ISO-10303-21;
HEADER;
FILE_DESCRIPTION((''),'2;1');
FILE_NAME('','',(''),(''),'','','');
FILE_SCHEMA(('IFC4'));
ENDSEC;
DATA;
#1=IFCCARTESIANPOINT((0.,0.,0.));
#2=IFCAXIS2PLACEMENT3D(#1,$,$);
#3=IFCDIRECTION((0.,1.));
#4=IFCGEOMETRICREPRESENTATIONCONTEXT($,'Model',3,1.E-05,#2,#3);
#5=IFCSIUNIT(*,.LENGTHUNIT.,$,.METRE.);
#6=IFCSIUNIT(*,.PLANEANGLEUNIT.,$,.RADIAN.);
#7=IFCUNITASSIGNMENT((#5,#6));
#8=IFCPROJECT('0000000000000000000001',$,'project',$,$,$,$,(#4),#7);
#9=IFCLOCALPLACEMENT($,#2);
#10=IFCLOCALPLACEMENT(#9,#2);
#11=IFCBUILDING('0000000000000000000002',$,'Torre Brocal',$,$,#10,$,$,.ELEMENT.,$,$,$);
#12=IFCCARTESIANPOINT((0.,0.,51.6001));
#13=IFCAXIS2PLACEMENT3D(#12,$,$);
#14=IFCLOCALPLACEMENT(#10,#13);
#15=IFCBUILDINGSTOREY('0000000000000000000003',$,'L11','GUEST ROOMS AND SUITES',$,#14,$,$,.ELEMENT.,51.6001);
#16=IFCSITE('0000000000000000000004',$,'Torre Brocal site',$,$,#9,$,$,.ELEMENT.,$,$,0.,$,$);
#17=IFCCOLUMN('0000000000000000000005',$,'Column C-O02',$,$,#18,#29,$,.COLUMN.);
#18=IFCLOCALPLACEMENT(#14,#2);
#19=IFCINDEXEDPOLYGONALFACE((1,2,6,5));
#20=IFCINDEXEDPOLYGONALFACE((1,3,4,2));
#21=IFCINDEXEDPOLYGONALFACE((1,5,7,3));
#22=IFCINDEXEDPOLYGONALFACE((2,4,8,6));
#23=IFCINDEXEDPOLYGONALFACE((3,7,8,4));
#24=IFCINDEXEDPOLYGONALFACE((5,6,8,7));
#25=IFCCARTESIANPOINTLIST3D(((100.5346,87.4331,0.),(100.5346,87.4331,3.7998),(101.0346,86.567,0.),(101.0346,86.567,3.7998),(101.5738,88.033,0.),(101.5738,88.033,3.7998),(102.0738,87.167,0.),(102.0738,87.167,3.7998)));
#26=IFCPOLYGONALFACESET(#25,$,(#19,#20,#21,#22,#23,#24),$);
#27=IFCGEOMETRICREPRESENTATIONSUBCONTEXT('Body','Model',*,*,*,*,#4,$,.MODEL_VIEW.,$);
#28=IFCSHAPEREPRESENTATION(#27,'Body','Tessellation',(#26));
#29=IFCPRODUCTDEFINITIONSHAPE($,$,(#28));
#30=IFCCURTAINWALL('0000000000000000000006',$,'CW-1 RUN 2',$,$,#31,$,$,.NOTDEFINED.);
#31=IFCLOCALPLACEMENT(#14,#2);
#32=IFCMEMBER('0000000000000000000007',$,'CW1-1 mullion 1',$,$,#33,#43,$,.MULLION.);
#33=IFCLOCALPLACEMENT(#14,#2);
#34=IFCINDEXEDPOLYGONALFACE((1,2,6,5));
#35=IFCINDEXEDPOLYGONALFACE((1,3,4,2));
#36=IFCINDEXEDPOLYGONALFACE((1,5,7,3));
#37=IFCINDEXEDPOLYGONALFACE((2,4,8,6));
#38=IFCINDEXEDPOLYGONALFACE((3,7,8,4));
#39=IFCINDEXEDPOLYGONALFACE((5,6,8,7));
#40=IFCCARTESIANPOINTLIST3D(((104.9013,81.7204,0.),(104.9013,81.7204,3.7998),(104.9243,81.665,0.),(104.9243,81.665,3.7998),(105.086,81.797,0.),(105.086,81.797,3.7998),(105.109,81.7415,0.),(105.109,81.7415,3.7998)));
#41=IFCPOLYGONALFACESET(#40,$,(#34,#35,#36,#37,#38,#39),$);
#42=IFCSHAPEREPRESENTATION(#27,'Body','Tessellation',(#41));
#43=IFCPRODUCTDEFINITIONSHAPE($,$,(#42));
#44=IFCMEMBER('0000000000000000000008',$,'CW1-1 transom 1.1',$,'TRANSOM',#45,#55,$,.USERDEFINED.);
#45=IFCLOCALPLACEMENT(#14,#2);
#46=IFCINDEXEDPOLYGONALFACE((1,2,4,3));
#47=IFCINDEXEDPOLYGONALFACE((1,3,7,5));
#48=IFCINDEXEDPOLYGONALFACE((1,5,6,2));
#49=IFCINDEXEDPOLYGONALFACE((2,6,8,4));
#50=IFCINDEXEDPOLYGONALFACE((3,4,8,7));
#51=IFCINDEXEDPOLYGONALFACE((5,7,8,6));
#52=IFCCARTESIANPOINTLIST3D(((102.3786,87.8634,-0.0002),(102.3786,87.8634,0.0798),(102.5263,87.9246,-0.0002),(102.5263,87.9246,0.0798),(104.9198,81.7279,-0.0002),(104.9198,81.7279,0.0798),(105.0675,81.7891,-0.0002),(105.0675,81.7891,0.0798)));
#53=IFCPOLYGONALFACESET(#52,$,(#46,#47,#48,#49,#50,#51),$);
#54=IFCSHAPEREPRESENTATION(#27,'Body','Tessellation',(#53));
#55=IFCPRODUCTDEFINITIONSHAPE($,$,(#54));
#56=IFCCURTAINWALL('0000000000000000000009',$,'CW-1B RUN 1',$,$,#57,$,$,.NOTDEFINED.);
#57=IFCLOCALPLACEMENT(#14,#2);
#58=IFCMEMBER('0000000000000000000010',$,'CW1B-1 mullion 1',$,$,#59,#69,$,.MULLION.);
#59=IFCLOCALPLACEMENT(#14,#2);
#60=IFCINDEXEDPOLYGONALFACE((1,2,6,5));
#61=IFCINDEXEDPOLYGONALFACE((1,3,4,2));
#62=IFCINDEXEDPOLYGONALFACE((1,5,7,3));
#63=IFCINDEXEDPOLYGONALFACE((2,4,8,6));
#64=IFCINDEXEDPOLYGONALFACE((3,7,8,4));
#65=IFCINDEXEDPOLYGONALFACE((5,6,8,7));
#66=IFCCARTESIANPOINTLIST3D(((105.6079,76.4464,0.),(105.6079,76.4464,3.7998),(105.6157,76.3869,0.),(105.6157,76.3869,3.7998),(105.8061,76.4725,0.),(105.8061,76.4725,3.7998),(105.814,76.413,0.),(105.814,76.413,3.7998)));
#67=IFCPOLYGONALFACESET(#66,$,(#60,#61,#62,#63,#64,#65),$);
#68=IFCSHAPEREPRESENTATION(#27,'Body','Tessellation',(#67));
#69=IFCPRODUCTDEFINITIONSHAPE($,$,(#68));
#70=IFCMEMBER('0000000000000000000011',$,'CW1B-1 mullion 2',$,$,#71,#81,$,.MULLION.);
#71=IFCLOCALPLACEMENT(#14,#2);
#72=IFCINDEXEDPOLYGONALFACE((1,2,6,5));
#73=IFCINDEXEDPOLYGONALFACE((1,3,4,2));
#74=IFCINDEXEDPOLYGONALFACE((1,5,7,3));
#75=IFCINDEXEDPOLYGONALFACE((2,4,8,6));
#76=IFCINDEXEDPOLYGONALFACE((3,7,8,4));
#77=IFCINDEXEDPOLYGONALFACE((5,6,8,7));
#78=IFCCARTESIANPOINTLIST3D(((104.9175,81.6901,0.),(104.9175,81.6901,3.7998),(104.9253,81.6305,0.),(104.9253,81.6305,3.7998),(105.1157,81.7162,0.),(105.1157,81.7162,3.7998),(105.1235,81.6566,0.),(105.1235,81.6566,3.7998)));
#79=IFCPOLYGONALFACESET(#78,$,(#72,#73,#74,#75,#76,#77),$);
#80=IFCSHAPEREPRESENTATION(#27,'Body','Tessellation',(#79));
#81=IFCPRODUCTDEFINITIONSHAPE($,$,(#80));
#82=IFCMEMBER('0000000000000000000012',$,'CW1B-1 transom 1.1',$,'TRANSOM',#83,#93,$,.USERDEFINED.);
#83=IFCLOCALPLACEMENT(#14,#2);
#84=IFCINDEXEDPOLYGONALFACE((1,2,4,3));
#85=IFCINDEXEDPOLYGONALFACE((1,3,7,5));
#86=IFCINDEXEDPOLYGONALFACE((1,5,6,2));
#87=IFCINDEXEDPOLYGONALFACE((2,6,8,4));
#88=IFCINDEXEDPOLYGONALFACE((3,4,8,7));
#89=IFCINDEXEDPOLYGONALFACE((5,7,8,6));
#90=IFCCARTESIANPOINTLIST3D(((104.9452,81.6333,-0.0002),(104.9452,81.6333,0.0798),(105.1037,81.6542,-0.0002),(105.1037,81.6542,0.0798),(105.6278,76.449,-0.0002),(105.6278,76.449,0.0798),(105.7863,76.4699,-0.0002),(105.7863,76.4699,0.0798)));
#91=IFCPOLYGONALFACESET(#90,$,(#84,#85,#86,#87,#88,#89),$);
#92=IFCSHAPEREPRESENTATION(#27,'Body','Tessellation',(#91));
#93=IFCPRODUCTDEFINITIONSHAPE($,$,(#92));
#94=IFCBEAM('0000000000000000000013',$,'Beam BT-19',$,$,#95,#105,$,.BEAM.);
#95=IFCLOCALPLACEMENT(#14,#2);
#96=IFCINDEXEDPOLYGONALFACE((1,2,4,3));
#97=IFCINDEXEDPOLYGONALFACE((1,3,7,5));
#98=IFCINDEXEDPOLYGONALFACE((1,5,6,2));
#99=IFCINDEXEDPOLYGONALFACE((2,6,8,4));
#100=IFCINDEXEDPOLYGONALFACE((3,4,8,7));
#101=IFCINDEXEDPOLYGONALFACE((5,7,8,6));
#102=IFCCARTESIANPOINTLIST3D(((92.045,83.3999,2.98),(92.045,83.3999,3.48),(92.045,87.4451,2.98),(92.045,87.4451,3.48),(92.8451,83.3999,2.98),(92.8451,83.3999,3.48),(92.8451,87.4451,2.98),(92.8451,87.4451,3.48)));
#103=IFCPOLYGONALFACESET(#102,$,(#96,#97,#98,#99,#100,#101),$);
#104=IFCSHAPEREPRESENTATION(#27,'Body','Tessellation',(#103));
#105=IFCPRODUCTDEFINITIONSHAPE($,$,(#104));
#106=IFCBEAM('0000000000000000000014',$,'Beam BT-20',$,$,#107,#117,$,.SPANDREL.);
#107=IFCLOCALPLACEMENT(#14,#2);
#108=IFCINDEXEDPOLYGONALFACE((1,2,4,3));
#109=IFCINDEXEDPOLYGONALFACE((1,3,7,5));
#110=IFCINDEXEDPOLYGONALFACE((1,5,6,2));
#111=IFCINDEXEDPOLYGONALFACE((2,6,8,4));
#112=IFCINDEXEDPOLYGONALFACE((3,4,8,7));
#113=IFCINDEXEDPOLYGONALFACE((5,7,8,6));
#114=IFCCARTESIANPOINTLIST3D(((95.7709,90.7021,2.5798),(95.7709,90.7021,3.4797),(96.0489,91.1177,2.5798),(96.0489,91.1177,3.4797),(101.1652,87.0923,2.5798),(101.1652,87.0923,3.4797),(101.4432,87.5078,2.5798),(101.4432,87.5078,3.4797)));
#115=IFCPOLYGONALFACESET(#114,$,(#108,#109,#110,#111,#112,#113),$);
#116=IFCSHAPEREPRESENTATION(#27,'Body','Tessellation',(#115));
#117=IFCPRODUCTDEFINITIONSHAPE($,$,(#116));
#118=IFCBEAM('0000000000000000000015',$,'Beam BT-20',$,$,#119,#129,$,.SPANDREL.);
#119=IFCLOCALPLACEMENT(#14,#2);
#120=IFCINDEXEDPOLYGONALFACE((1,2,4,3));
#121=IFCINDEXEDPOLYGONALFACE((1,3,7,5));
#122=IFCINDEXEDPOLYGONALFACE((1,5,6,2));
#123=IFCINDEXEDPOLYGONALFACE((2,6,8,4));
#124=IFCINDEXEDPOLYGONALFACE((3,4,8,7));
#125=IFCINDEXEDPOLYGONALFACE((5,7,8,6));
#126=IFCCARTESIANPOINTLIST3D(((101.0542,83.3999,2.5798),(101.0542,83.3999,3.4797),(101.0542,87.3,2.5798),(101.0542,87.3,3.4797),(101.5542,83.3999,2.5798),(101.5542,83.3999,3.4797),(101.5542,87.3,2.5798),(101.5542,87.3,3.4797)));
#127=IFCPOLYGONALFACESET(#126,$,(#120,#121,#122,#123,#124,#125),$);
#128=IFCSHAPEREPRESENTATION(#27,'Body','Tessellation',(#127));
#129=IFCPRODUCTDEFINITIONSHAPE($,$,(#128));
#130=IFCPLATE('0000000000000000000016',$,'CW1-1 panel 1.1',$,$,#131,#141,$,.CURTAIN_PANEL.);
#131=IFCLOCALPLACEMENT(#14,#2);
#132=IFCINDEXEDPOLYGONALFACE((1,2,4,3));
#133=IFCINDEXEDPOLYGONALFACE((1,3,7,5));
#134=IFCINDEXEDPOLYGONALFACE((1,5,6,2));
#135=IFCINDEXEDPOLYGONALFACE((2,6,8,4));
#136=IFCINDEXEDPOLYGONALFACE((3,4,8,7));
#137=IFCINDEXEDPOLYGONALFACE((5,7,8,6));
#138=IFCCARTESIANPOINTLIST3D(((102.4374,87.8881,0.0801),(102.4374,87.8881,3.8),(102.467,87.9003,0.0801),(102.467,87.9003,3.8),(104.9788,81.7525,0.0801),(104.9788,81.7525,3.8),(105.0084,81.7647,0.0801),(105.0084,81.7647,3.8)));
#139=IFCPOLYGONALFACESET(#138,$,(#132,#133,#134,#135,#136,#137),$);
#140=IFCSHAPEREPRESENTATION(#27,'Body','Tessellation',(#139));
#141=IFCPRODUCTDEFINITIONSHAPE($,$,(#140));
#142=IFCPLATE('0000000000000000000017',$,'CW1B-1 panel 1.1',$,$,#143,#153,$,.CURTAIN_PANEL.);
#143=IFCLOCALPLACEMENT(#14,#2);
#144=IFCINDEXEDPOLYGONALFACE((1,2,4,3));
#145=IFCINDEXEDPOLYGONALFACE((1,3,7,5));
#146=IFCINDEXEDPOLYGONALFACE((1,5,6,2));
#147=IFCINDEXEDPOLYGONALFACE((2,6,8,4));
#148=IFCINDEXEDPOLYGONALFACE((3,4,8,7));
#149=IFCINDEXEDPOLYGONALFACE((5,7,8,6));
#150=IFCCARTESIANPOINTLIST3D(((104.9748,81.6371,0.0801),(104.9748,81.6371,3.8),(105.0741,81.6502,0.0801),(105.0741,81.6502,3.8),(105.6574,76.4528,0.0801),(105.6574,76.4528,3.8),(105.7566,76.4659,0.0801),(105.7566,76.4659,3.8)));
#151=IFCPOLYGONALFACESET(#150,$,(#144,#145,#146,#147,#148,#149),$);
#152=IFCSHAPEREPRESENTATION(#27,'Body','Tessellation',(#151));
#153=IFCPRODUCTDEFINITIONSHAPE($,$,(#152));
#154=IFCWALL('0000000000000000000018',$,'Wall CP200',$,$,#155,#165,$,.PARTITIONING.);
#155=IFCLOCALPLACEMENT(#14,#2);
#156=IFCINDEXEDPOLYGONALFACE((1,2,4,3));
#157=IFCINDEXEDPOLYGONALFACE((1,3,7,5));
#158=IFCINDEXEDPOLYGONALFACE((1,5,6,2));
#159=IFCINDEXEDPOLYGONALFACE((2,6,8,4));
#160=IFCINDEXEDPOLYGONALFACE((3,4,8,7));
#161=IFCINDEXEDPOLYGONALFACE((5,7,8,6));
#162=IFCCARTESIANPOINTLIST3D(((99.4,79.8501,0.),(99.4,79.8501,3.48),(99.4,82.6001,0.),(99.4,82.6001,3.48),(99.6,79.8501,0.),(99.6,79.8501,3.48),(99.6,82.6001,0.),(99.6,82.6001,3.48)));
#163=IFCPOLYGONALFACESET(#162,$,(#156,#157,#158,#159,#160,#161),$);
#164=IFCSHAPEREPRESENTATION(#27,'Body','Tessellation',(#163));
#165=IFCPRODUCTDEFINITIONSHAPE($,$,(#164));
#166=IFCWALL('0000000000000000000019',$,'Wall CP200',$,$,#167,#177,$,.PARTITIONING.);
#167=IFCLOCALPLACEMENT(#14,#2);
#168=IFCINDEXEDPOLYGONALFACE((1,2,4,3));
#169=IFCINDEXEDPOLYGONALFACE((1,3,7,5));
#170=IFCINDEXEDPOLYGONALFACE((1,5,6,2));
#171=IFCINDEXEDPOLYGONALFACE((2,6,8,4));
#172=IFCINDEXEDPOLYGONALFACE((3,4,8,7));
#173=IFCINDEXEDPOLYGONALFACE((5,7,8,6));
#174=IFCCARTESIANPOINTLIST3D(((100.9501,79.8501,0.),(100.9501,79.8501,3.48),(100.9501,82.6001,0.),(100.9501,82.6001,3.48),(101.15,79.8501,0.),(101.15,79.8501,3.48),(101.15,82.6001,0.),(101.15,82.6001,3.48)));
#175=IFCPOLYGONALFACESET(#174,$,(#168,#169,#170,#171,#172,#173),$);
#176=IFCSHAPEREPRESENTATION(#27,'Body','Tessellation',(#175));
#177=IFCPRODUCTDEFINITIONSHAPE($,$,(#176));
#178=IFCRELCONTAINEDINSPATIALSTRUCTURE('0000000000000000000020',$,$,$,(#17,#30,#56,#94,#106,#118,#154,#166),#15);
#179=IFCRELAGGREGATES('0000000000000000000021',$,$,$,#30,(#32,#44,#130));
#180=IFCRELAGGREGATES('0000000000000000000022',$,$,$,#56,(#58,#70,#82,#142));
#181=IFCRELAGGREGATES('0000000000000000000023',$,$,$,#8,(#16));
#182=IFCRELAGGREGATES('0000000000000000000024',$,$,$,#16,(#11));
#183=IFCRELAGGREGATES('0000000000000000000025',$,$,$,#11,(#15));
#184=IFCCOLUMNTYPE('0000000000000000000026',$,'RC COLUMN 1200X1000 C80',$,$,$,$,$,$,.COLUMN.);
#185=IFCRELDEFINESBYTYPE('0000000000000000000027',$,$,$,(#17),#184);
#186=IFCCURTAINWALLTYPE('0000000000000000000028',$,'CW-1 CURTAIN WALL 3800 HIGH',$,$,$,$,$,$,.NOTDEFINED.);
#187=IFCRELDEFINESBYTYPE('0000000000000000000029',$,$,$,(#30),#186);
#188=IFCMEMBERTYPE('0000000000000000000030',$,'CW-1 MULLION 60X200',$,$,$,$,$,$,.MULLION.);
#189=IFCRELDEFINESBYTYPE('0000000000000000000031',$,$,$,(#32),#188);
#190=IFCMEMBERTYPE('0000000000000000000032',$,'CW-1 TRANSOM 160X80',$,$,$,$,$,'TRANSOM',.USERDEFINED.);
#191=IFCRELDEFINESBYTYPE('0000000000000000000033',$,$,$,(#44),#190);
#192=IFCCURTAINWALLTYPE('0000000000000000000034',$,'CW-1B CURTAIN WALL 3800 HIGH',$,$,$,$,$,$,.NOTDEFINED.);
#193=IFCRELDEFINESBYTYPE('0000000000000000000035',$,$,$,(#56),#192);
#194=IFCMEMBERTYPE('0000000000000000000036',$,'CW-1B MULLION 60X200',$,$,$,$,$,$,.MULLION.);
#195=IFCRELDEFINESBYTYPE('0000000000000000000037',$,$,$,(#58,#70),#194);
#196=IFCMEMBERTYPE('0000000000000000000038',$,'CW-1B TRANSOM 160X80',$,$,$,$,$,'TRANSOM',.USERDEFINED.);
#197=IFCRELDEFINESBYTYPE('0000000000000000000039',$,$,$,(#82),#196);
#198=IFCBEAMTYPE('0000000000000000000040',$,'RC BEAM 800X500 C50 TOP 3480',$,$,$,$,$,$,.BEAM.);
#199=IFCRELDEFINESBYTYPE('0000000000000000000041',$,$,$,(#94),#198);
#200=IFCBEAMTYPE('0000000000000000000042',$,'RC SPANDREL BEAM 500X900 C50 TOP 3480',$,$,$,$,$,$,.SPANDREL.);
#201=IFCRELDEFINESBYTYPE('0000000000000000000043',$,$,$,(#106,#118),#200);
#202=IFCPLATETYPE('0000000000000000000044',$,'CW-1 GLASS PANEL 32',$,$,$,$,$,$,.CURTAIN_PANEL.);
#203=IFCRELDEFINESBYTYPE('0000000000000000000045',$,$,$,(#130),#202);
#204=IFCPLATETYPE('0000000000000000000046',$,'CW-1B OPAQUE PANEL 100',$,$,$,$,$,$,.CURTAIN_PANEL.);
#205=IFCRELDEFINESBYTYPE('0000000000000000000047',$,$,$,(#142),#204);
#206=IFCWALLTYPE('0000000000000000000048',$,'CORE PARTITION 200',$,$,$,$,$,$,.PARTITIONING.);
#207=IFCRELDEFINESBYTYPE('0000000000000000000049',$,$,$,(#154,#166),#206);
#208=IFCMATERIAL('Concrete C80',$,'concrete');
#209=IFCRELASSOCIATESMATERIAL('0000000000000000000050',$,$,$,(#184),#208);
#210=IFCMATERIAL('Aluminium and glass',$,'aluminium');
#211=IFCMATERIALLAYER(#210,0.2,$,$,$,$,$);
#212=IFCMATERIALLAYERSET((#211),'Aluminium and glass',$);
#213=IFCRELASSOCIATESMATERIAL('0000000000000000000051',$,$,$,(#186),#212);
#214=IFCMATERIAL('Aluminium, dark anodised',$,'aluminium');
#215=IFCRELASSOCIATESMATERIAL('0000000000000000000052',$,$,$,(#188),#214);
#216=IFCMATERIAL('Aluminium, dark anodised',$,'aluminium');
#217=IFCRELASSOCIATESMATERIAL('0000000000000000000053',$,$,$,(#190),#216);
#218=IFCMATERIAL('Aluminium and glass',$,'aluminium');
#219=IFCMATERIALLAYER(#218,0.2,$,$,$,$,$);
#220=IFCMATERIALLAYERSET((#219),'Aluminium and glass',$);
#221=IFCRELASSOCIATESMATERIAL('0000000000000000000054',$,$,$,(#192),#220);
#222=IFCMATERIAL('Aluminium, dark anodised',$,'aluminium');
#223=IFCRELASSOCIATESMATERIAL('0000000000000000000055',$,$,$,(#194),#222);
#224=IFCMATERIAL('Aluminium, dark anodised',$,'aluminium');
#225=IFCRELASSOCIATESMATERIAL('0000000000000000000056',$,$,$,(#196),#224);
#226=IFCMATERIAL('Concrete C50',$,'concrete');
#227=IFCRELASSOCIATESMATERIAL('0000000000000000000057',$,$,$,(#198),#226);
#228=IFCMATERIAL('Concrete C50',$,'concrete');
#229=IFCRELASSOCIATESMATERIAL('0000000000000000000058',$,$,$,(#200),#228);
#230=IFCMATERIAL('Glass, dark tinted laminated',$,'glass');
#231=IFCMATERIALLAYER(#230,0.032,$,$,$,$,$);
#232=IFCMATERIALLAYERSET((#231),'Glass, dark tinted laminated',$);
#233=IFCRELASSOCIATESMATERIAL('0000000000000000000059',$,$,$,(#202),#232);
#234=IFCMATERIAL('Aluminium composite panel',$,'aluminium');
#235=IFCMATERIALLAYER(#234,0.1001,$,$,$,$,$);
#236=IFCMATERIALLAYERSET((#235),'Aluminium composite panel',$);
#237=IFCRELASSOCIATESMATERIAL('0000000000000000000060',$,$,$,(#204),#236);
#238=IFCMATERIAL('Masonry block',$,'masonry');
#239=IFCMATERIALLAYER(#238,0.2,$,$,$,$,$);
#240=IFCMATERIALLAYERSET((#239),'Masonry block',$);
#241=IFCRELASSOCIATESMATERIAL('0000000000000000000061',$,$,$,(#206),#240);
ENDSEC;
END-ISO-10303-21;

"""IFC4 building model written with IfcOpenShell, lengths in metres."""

from ifc_helpers import new_model, si_unit, direction, frame, frame_2d, origin, origin_2d, place, context, subcontext, project, spatial, rectangle, extrude, material, layer, layer_set, material_profile, profile_set, type_object, element, aggregate, save


model = new_model("IFC4")

# Units and contexts
model_context = context("Model", 3, precision=1e-05, world=origin(), true_north=direction((0.0, 1.0)))
body_context = subcontext(model_context, "Body", "Model", "MODEL_VIEW")
ifc_project = project(units=[si_unit("LENGTHUNIT", "METRE"), si_unit("PLANEANGLEUNIT", "RADIAN")], contexts=[model_context])

# Site, building, storey
site_placement = place(None, origin())
site = spatial("IfcSite", under=ifc_project, at=site_placement, Name="Torre Brocal site", CompositionType="ELEMENT", RefElevation=0.0)
building_placement = place(site_placement, origin())
building = spatial("IfcBuilding", under=site, at=building_placement, Name="Torre Brocal", CompositionType="ELEMENT")
storey_placement = place(building_placement, frame((0.0, 0.0, 51.6001)))
storey = spatial("IfcBuildingStorey", under=building, at=storey_placement, Name="L11", Description="GUEST ROOMS AND SUITES", CompositionType="ELEMENT", Elevation=51.6001)

# Column
ifc_material_1 = material(Name="Concrete C80", Category="concrete")
ifc_material_profile_1 = material_profile(ifc_material_1, rectangle(XDim=1.2, YDim=1.0, at=origin_2d()), Name="RC 1200X1000")
ifc_profile_set_1 = profile_set([ifc_material_profile_1], Name="Concrete C80")
column_type = type_object("IfcColumnType", Name="RC COLUMN 1200X1000 C80", PredefinedType="COLUMN", material=ifc_profile_set_1)
column_placement = place(storey_placement, frame((101.3042, 87.3, 0.0), z_axis=(0.0, 0.0, 1.0), x_axis=(0.866025, 0.5, 0.0)))
element("IfcColumn", 1, at=column_placement, inside=storey, type_object=column_type, Name="Column C-O02", PredefinedType="COLUMN", context=body_context, shape_type="SweptSolid", body=[
    extrude(rectangle(XDim=1.2, YDim=1.0, at=origin_2d()), origin(), (0.0, 0.0, 1.0), 3.7998),
])

# Curtain walls, members
ifc_material_2 = material(Name="Aluminium and glass", Category="aluminium")
ifc_layer_1 = layer(ifc_material_2, 0.2)
ifc_layer_set_1 = layer_set([ifc_layer_1], Name="Aluminium and glass")
curtain_wall_type_1 = type_object("IfcCurtainWallType", Name="CW-1 CURTAIN WALL 3800 HIGH", PredefinedType="NOTDEFINED", material=ifc_layer_set_1)
curtain_wall_1_placement = place(storey_placement, origin())
curtain_wall_1 = element("IfcCurtainWall", 2, at=curtain_wall_1_placement, inside=storey, type_object=curtain_wall_type_1, Name="CW-1 RUN 2", PredefinedType="NOTDEFINED")
ifc_material_3 = material(Name="Aluminium, dark anodised", Category="aluminium")
ifc_material_profile_2 = material_profile(ifc_material_3, rectangle(XDim=0.2, YDim=0.0601, at=origin_2d()), Name="CW-1 MULLION 60X200")
ifc_profile_set_2 = profile_set([ifc_material_profile_2], Name="Aluminium, dark anodised")
member_type_1 = type_object("IfcMemberType", Name="CW-1 MULLION 60X200", PredefinedType="MULLION", material=ifc_profile_set_2)
member_1_placement = place(storey_placement, frame((105.0051, 81.731, 0.0), z_axis=(0.0, 0.0, 1.0), x_axis=(-0.92388, -0.382683, 0.0)))
member_1 = element("IfcMember", 3, at=member_1_placement, type_object=member_type_1, Name="CW1-1 mullion 1", PredefinedType="MULLION", context=body_context, shape_type="SweptSolid", body=[
    extrude(rectangle(XDim=0.2, YDim=0.0601, at=origin_2d()), origin(), (0.0, 0.0, 1.0), 3.7998),
])
ifc_material_4 = material(Name="Aluminium, dark anodised", Category="aluminium")
ifc_material_profile_3 = material_profile(ifc_material_4, rectangle(XDim=0.1599, YDim=0.0801, at=origin_2d()), Name="CW-1 TRANSOM 160X80")
ifc_profile_set_3 = profile_set([ifc_material_profile_3], Name="Aluminium, dark anodised")
member_type_2 = type_object("IfcMemberType", Name="CW-1 TRANSOM 160X80", ElementType="TRANSOM", PredefinedType="USERDEFINED", material=ifc_profile_set_3)
member_2_placement = place(storey_placement, frame((104.9937, 81.7585, 0.0398), z_axis=(-0.382665, 0.923887, 0.0), x_axis=(-0.923887, -0.382665, 0.0)))
member_2 = element("IfcMember", 4, at=member_2_placement, type_object=member_type_2, Name="CW1-1 transom 1.1", ObjectType="TRANSOM", PredefinedType="USERDEFINED", context=body_context, shape_type="SweptSolid", body=[
    extrude(rectangle(XDim=0.1599, YDim=0.0801, at=origin_2d()), origin(), (0.0, 0.0, 1.0), 6.6409),
])
ifc_material_5 = material(Name="Aluminium and glass", Category="aluminium")
ifc_layer_2 = layer(ifc_material_5, 0.2)
ifc_layer_set_2 = layer_set([ifc_layer_2], Name="Aluminium and glass")
curtain_wall_type_2 = type_object("IfcCurtainWallType", Name="CW-1B CURTAIN WALL 3800 HIGH", PredefinedType="NOTDEFINED", material=ifc_layer_set_2)
curtain_wall_2_placement = place(storey_placement, origin())
curtain_wall_2 = element("IfcCurtainWall", 5, at=curtain_wall_2_placement, inside=storey, type_object=curtain_wall_type_2, Name="CW-1B RUN 1", PredefinedType="NOTDEFINED")
ifc_material_6 = material(Name="Aluminium, dark anodised", Category="aluminium")
ifc_material_profile_4 = material_profile(ifc_material_6, rectangle(XDim=0.2, YDim=0.0601, at=origin_2d()), Name="CW-1B MULLION 60X200")
ifc_profile_set_4 = profile_set([ifc_material_profile_4], Name="Aluminium, dark anodised")
member_type_3 = type_object("IfcMemberType", Name="CW-1B MULLION 60X200", PredefinedType="MULLION", material=ifc_profile_set_4)
member_3_placement = place(storey_placement, frame((105.7109, 76.4297, 0.0), z_axis=(0.0, 0.0, 1.0), x_axis=(-0.991445, -0.130526, 0.0)))
member_3 = element("IfcMember", 6, at=member_3_placement, type_object=member_type_3, Name="CW1B-1 mullion 1", PredefinedType="MULLION", context=body_context, shape_type="SweptSolid", body=[
    extrude(rectangle(XDim=0.2, YDim=0.0601, at=origin_2d()), origin(), (0.0, 0.0, 1.0), 3.7998),
])
member_4_placement = place(storey_placement, frame((105.0205, 81.6733, 0.0), z_axis=(0.0, 0.0, 1.0), x_axis=(-0.991445, -0.130526, 0.0)))
member_4 = element("IfcMember", 7, at=member_4_placement, type_object=member_type_3, Name="CW1B-1 mullion 2", PredefinedType="MULLION", context=body_context, shape_type="SweptSolid", body=[
    extrude(rectangle(XDim=0.2, YDim=0.0601, at=origin_2d()), origin(), (0.0, 0.0, 1.0), 3.7998),
])
ifc_material_7 = material(Name="Aluminium, dark anodised", Category="aluminium")
ifc_material_profile_5 = material_profile(ifc_material_7, rectangle(XDim=0.1599, YDim=0.0801, at=origin_2d()), Name="CW-1B TRANSOM 160X80")
ifc_profile_set_5 = profile_set([ifc_material_profile_5], Name="Aluminium, dark anodised")
member_type_4 = type_object("IfcMemberType", Name="CW-1B TRANSOM 160X80", ElementType="TRANSOM", PredefinedType="USERDEFINED", material=ifc_profile_set_5)
member_5_placement = place(storey_placement, frame((105.707, 76.4595, 0.0398), z_axis=(-0.130543, 0.991443, 0.0), x_axis=(-0.991443, -0.130543, 0.0)))
member_5 = element("IfcMember", 8, at=member_5_placement, type_object=member_type_4, Name="CW1B-1 transom 1.1", ObjectType="TRANSOM", PredefinedType="USERDEFINED", context=body_context, shape_type="SweptSolid", body=[
    extrude(rectangle(XDim=0.1599, YDim=0.0801, at=origin_2d()), origin(), (0.0, 0.0, 1.0), 5.229),
])

# Beams
ifc_material_8 = material(Name="Concrete C50", Category="concrete")
ifc_material_profile_6 = material_profile(ifc_material_8, rectangle(XDim=0.8, YDim=0.5, at=origin_2d()), Name="RC 800X500")
ifc_profile_set_6 = profile_set([ifc_material_profile_6], Name="Concrete C50")
beam_type_1 = type_object("IfcBeamType", Name="RC BEAM 800X500 C50 TOP 3480", PredefinedType="BEAM", material=ifc_profile_set_6)
beam_1_placement = place(storey_placement, frame((92.4451, 87.4451, 3.23), z_axis=(0.0, -1.0, 0.0), x_axis=(1.0, 0.0, 0.0)))
element("IfcBeam", 9, at=beam_1_placement, inside=storey, type_object=beam_type_1, Name="Beam BT-19", PredefinedType="BEAM", context=body_context, shape_type="SweptSolid", body=[
    extrude(rectangle(XDim=0.8, YDim=0.5, at=origin_2d()), origin(), (0.0, 0.0, 1.0), 4.0452),
])
ifc_material_9 = material(Name="Concrete C50", Category="concrete")
ifc_material_profile_7 = material_profile(ifc_material_9, rectangle(XDim=0.5, YDim=0.8999, at=origin_2d()), Name="RC 500X900")
ifc_profile_set_7 = profile_set([ifc_material_profile_7], Name="Concrete C50")
beam_type_2 = type_object("IfcBeamType", Name="RC SPANDREL BEAM 500X900 C50 TOP 3480", PredefinedType="SPANDREL", material=ifc_profile_set_7)
beam_2_placement = place(storey_placement, frame((101.3042, 87.3, 3.0298), z_axis=(-0.831077, 0.556158, 0.0), x_axis=(-0.556158, -0.831077, 0.0)))
element("IfcBeam", 10, at=beam_2_placement, inside=storey, type_object=beam_type_2, Name="Beam BT-20", PredefinedType="SPANDREL", context=body_context, shape_type="SweptSolid", body=[
    extrude(rectangle(XDim=0.5, YDim=0.8999, at=origin_2d()), origin(), (0.0, 0.0, 1.0), 6.4907),
])
beam_3_placement = place(storey_placement, frame((101.3042, 87.3, 3.0298), z_axis=(0.0, -1.0, 0.0), x_axis=(1.0, 0.0, 0.0)))
element("IfcBeam", 11, at=beam_3_placement, inside=storey, type_object=beam_type_2, Name="Beam BT-20", PredefinedType="SPANDREL", context=body_context, shape_type="SweptSolid", body=[
    extrude(rectangle(XDim=0.5, YDim=0.8999, at=origin_2d()), origin(), (0.0, 0.0, 1.0), 3.9001),
])

# Plates
ifc_material_10 = material(Name="Glass, dark tinted laminated", Category="glass")
ifc_layer_3 = layer(ifc_material_10, 0.032)
ifc_layer_set_3 = layer_set([ifc_layer_3], Name="Glass, dark tinted laminated")
plate_type_1 = type_object("IfcPlateType", Name="CW-1 GLASS PANEL 32", PredefinedType="CURTAIN_PANEL", material=ifc_layer_set_3)
plate_1_placement = place(storey_placement, frame((103.7229, 84.8264, 0.0801), z_axis=(0.0, 0.0, 1.0), x_axis=(-0.382683, 0.92388, 0.0)))
plate_1 = element("IfcPlate", 12, at=plate_1_placement, type_object=plate_type_1, Name="CW1-1 panel 1.1", PredefinedType="CURTAIN_PANEL", context=body_context, shape_type="SweptSolid", body=[
    extrude(rectangle(XDim=6.6411, YDim=0.032, at=origin_2d()), origin(), (0.0, 0.0, 1.0), 3.72),
])
aggregate(curtain_wall_1, [member_1, member_2, plate_1])
ifc_material_11 = material(Name="Aluminium composite panel", Category="aluminium")
ifc_layer_4 = layer(ifc_material_11, 0.1001)
ifc_layer_set_4 = layer_set([ifc_layer_4], Name="Aluminium composite panel")
plate_type_2 = type_object("IfcPlateType", Name="CW-1B OPAQUE PANEL 100", PredefinedType="CURTAIN_PANEL", material=ifc_layer_set_4)
plate_2_placement = place(storey_placement, frame((105.3657, 79.0515, 0.0801), z_axis=(0.0, 0.0, 1.0), x_axis=(-0.130526, 0.991445, 0.0)))
plate_2 = element("IfcPlate", 13, at=plate_2_placement, type_object=plate_type_2, Name="CW1B-1 panel 1.1", PredefinedType="CURTAIN_PANEL", context=body_context, shape_type="SweptSolid", body=[
    extrude(rectangle(XDim=5.229, YDim=0.1001, at=origin_2d()), origin(), (0.0, 0.0, 1.0), 3.72),
])
aggregate(curtain_wall_2, [member_3, member_4, member_5, plate_2])

# Walls
ifc_material_12 = material(Name="Masonry block", Category="masonry")
ifc_layer_5 = layer(ifc_material_12, 0.2)
ifc_layer_set_5 = layer_set([ifc_layer_5], Name="Masonry block")
wall_type_1 = type_object("IfcWallType", Name="CORE PARTITION 200", PredefinedType="PARTITIONING", material=ifc_layer_set_5)
for number, where, z_axis, x_axis, name in (
    (14, (99.5, 79.8501, 0.0), (0.0, 0.0, 1.0), (0.0, 1.0, 0.0), "Wall CP200"),
    (15, (101.05, 79.8501, 0.0), (0.0, 0.0, 1.0), (0.0, 1.0, 0.0), "Wall CP200"),
):
    element("IfcWall", number, at=place(storey_placement, frame(where, z_axis=z_axis, x_axis=x_axis)), inside=storey, type_object=wall_type_1, Name=name, PredefinedType="PARTITIONING", context=body_context, shape_type="SweptSolid", body=[
        extrude(rectangle(XDim=2.75, YDim=0.2, at=frame_2d((1.375, 0.0))), origin(), (0.0, 0.0, 1.0), 3.48),
    ])

save(model, "model.ifc")
